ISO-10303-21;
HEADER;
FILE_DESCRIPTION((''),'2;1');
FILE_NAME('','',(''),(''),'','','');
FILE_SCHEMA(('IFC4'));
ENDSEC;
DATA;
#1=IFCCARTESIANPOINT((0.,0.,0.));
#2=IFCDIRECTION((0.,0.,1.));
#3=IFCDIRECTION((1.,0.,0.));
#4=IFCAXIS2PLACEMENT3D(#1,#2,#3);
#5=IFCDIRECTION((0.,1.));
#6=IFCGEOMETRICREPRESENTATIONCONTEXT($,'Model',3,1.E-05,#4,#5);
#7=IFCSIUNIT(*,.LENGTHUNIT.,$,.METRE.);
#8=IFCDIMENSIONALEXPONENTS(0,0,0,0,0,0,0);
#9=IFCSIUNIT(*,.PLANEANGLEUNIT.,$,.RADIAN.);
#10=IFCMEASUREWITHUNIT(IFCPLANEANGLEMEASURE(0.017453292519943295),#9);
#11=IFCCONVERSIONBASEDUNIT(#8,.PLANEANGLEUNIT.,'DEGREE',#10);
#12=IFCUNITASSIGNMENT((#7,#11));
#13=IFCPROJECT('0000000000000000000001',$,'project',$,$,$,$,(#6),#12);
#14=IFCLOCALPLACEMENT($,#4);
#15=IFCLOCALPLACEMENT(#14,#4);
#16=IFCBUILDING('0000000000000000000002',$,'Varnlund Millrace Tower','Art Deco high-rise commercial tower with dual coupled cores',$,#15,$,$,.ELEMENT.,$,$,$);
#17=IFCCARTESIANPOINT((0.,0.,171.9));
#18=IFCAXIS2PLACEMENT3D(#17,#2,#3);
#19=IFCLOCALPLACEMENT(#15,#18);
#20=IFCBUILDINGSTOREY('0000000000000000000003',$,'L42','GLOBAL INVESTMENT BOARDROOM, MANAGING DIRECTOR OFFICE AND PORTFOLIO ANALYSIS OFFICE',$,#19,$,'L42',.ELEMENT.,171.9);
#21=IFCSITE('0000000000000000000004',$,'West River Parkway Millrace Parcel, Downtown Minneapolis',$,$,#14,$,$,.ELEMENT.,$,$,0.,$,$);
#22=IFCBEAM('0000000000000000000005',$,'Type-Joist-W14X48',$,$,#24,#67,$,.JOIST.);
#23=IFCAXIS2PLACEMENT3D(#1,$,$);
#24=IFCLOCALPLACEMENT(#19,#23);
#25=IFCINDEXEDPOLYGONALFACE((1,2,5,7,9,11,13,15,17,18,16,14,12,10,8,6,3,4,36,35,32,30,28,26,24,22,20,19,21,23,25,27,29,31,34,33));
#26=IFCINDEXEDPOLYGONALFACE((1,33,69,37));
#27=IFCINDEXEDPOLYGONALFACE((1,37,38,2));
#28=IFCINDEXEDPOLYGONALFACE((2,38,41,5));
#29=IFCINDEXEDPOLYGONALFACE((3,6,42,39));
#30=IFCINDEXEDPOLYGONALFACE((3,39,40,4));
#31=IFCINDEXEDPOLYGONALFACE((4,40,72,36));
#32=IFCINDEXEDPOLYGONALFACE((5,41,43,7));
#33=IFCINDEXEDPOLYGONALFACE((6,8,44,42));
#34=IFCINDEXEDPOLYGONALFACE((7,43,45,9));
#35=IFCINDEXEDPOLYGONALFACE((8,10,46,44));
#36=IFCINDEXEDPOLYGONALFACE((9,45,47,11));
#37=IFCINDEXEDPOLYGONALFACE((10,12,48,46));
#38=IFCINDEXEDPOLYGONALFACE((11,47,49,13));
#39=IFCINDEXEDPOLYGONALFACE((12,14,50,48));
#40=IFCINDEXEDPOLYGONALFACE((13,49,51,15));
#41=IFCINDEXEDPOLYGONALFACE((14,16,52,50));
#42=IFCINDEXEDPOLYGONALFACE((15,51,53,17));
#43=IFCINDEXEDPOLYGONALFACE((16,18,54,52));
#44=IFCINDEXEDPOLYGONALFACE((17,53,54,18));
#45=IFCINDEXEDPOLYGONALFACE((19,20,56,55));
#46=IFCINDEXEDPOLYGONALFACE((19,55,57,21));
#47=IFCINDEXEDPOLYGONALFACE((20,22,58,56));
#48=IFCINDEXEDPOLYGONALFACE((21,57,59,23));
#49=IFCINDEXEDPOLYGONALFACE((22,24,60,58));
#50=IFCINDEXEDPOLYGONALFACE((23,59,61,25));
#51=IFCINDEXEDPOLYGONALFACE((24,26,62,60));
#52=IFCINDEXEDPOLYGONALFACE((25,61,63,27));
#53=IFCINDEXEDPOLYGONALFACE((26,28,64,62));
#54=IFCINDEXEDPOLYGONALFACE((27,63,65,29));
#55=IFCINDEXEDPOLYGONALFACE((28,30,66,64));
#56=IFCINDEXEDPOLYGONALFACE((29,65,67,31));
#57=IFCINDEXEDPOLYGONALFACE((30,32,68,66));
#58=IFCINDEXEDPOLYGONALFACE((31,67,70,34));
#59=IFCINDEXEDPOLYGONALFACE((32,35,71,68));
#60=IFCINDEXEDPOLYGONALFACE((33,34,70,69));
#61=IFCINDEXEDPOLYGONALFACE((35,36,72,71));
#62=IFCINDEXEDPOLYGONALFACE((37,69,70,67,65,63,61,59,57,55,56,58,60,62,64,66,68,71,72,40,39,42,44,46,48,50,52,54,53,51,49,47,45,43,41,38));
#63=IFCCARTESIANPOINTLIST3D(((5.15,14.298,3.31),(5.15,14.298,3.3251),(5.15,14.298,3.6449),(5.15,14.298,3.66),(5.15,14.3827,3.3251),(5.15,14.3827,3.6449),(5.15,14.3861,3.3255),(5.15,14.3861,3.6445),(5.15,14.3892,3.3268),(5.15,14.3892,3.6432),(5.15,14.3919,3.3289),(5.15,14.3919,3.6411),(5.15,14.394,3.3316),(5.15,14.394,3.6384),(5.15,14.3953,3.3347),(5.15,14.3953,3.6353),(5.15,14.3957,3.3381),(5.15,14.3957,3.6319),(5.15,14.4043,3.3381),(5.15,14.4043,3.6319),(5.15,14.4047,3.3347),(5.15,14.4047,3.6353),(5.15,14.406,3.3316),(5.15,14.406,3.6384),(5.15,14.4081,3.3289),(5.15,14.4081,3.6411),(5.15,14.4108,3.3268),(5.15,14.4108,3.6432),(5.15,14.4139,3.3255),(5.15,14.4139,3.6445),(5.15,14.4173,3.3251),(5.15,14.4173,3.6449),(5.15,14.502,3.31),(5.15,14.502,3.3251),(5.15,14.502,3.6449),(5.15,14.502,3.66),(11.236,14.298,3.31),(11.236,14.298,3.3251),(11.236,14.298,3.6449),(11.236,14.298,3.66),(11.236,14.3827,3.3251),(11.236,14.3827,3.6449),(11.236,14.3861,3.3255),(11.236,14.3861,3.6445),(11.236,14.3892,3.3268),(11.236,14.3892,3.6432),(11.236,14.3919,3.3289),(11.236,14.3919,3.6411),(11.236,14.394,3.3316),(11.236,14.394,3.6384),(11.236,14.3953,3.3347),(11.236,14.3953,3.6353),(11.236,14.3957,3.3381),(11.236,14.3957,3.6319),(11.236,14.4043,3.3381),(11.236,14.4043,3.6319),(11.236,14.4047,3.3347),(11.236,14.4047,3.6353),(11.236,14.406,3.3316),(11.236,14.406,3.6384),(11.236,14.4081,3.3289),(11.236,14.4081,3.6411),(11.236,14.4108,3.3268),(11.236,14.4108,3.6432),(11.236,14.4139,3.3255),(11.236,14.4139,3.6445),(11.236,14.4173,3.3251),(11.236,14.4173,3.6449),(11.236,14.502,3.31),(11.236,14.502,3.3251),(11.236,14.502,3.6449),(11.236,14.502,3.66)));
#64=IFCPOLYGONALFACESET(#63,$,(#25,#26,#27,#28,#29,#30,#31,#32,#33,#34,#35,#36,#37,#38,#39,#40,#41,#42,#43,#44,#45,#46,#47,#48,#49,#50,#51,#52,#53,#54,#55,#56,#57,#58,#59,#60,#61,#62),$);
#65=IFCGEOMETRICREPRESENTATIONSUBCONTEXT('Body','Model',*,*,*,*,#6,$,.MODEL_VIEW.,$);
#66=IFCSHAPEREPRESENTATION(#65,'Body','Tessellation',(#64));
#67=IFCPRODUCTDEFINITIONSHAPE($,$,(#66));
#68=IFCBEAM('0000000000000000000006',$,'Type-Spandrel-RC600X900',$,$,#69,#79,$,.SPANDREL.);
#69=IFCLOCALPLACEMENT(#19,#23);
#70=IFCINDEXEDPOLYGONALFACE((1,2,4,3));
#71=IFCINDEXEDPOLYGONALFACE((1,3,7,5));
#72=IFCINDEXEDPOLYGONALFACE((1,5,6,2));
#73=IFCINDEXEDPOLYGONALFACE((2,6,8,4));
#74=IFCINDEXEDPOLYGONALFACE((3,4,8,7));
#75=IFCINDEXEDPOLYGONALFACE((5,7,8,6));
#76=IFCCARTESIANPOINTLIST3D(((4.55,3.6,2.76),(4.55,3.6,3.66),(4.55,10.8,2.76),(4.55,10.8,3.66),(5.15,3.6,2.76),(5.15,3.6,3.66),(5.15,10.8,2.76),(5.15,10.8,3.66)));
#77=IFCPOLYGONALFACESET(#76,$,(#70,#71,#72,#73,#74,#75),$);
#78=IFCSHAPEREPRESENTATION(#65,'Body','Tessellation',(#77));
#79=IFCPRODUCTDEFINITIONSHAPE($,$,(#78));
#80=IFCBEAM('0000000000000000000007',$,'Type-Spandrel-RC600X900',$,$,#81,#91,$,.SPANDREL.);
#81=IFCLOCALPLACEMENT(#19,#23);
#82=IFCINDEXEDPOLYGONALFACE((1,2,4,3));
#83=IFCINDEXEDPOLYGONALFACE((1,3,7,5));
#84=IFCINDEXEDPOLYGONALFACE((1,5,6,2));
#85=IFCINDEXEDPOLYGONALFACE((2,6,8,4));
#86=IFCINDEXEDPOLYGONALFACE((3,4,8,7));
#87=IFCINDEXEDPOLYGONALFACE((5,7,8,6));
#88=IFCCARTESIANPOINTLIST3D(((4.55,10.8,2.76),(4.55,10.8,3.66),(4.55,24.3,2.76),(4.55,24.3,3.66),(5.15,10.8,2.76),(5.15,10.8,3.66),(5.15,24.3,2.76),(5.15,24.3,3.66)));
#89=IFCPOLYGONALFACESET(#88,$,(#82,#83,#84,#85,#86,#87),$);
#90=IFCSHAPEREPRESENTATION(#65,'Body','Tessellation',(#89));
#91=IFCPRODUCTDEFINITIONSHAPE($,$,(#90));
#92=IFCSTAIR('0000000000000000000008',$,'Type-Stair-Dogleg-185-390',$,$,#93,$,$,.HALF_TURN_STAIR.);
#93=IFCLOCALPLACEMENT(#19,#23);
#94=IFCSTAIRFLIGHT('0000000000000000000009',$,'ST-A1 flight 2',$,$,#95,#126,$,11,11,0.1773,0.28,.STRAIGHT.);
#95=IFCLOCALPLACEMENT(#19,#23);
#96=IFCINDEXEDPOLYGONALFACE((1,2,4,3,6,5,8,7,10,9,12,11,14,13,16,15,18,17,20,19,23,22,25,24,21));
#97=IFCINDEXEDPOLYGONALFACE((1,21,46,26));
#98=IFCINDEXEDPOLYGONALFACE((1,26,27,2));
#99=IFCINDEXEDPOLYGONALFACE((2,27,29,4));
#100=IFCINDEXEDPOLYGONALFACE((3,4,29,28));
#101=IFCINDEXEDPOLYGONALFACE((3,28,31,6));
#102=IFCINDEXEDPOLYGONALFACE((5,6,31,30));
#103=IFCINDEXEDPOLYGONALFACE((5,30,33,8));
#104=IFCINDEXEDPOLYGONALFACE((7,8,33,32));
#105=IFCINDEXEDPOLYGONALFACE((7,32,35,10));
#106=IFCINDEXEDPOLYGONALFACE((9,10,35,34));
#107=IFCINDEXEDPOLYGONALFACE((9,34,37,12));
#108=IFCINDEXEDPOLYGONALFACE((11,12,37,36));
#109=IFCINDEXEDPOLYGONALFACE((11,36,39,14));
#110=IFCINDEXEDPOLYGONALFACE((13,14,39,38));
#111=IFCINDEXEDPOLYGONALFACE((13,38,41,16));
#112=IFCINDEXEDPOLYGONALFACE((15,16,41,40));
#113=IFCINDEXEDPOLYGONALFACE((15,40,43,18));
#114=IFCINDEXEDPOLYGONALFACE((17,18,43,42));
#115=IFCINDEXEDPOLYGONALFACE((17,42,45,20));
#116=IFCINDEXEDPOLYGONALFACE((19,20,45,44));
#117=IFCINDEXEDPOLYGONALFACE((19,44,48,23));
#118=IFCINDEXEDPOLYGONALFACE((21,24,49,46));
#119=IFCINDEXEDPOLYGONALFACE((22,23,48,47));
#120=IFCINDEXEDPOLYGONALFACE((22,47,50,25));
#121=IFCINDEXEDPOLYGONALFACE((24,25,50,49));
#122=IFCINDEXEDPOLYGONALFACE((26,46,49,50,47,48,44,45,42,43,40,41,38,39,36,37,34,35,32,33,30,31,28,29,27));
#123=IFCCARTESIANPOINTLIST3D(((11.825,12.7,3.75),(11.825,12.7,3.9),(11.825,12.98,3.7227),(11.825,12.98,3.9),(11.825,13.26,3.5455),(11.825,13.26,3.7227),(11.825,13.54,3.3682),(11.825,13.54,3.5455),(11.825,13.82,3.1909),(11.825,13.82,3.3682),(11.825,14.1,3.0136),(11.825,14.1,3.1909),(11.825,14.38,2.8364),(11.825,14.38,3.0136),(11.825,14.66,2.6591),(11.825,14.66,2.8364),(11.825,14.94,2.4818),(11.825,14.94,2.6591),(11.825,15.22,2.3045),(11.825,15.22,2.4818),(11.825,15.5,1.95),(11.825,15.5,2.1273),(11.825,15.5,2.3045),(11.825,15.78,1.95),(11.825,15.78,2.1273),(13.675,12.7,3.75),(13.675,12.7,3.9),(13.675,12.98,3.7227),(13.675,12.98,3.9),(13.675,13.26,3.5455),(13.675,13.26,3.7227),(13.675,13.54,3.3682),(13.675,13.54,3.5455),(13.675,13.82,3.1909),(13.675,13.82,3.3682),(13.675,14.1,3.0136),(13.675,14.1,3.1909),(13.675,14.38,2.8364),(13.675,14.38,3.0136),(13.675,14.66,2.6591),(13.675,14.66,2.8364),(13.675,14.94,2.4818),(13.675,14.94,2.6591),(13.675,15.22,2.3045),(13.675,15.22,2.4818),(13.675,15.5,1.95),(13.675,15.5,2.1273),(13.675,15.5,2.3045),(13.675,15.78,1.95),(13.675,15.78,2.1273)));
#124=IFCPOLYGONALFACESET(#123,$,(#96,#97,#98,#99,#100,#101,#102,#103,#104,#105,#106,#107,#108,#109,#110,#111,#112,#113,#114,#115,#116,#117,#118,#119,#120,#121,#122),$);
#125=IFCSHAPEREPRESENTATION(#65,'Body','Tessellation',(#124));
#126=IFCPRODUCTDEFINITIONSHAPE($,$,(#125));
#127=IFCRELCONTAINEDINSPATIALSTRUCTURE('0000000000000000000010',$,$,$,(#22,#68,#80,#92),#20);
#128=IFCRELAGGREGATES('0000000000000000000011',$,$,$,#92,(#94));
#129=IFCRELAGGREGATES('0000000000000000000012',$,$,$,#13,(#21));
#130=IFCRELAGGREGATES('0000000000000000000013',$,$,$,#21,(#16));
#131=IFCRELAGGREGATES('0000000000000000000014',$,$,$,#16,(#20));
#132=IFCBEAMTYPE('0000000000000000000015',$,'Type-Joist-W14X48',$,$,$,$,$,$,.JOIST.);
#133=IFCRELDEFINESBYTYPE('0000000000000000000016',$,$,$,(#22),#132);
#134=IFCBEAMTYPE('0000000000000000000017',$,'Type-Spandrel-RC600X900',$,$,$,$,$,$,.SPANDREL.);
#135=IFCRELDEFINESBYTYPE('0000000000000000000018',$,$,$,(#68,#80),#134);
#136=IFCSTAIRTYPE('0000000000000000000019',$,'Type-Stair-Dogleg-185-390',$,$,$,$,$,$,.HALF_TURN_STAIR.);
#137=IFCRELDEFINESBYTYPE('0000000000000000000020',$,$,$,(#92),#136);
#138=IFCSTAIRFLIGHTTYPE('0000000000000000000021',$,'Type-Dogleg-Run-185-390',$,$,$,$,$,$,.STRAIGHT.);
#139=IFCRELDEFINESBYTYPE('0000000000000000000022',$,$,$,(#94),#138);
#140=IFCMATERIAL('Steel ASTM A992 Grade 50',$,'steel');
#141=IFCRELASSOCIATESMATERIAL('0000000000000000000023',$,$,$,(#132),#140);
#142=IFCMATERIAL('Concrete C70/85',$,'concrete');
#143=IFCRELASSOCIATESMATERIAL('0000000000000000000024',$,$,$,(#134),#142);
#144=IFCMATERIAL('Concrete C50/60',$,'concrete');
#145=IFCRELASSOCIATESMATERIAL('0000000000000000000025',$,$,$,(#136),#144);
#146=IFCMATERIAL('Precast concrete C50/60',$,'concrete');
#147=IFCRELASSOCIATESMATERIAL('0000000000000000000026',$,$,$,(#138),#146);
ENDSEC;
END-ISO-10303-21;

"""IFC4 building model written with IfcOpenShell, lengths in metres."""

from ifc_helpers import new_model, entity, si_unit, converted_unit, direction, frame, origin_with_axes, origin_2d_with_axis, place, context, subcontext, project, spatial, polyline, rectangle, i_section, outline, extrude, material, material_profile, profile_set, type_object, element, aggregate, save


model = new_model("IFC4")

# Units and contexts
model_context = context("Model", 3, precision=1e-05, world=origin_with_axes(), true_north=direction((0.0, 1.0)))
body_context = subcontext(model_context, "Body", "Model", "MODEL_VIEW")
ifc_project = project(units=[si_unit("LENGTHUNIT", "METRE"), converted_unit("PLANEANGLEUNIT", "DEGREE", entity("IfcPlaneAngleMeasure", 0.017453292519943295), si_unit("PLANEANGLEUNIT", "RADIAN"), dimensions=[0, 0, 0, 0, 0, 0, 0])], contexts=[model_context])

# Site, building, storey
site_placement = place(None, origin_with_axes())
site = spatial("IfcSite", under=ifc_project, at=site_placement, Name="West River Parkway Millrace Parcel, Downtown Minneapolis", CompositionType="ELEMENT", RefElevation=0.0)
building_placement = place(site_placement, origin_with_axes())
building = spatial("IfcBuilding", under=site, at=building_placement, Name="Varnlund Millrace Tower", Description="Art Deco high-rise commercial tower with dual coupled cores", CompositionType="ELEMENT")
storey_placement = place(building_placement, frame((0.0, 0.0, 171.9), z_axis=(0.0, 0.0, 1.0), x_axis=(1.0, 0.0, 0.0)))
storey = spatial("IfcBuildingStorey", under=building, at=storey_placement, Name="L42", Description="GLOBAL INVESTMENT BOARDROOM, MANAGING DIRECTOR OFFICE AND PORTFOLIO ANALYSIS OFFICE", LongName="L42", CompositionType="ELEMENT", Elevation=171.9)

# Beams
ifc_material_1 = material(Name="Steel ASTM A992 Grade 50", Category="steel")
ifc_material_profile_1 = material_profile(ifc_material_1, i_section(OverallWidth=0.204, OverallDepth=0.35, WebThickness=0.0086, FlangeThickness=0.0151, FilletRadius=0.013, at=origin_2d_with_axis()), Name="Steel ASTM A992 Grade 50")
ifc_profile_set_1 = profile_set([ifc_material_profile_1], Name="Steel ASTM A992 Grade 50")
beam_type_1 = type_object("IfcBeamType", Name="Type-Joist-W14X48", PredefinedType="JOIST", material=ifc_profile_set_1)
for number, where, z_axis, x_axis, name in (
    (1, (5.15, 14.4, 3.485), (1.0, 0.0, 0.0), (0.0, 1.0, 0.0), "Type-Joist-W14X48"),
):
    element("IfcBeam", number, at=place(storey_placement, frame(where, z_axis=z_axis, x_axis=x_axis)), inside=storey, type_object=beam_type_1, Name=name, PredefinedType="JOIST", context=body_context, shape_type="SweptSolid", body=[
        extrude(i_section(OverallWidth=0.204, OverallDepth=0.35, WebThickness=0.0086, FlangeThickness=0.0151, FilletRadius=0.013, at=origin_2d_with_axis()), origin_with_axes(), (0.0, 0.0, 1.0), 6.086),
    ])
ifc_material_2 = material(Name="Concrete C70/85", Category="concrete")
ifc_material_profile_2 = material_profile(ifc_material_2, rectangle(XDim=0.6, YDim=0.9, at=origin_2d_with_axis()), Name="Concrete C70/85")
ifc_profile_set_2 = profile_set([ifc_material_profile_2], Name="Concrete C70/85")
beam_type_2 = type_object("IfcBeamType", Name="Type-Spandrel-RC600X900", PredefinedType="SPANDREL", material=ifc_profile_set_2)
beam_1_placement = place(storey_placement, frame((4.85, 3.6, 3.21), z_axis=(0.0, 1.0, 0.0), x_axis=(-1.0, 0.0, 0.0)))
element("IfcBeam", 2, at=beam_1_placement, inside=storey, type_object=beam_type_2, Name="Type-Spandrel-RC600X900", PredefinedType="SPANDREL", context=body_context, shape_type="SweptSolid", body=[
    extrude(rectangle(XDim=0.6, YDim=0.9, at=origin_2d_with_axis()), origin_with_axes(), (0.0, 0.0, 1.0), 7.2),
])
beam_2_placement = place(storey_placement, frame((4.85, 10.8, 3.21), z_axis=(0.0, 1.0, 0.0), x_axis=(-1.0, 0.0, 0.0)))
element("IfcBeam", 3, at=beam_2_placement, inside=storey, type_object=beam_type_2, Name="Type-Spandrel-RC600X900", PredefinedType="SPANDREL", context=body_context, shape_type="SweptSolid", body=[
    extrude(rectangle(XDim=0.6, YDim=0.9, at=origin_2d_with_axis()), origin_with_axes(), (0.0, 0.0, 1.0), 13.5),
])

# Stair, stair flight
ifc_material_3 = material(Name="Concrete C50/60", Category="concrete")
stair_type = type_object("IfcStairType", Name="Type-Stair-Dogleg-185-390", PredefinedType="HALF_TURN_STAIR", material=ifc_material_3)
stair_placement = place(storey_placement, origin_with_axes())
stair = element("IfcStair", 4, at=stair_placement, inside=storey, type_object=stair_type, Name="Type-Stair-Dogleg-185-390", PredefinedType="HALF_TURN_STAIR")
ifc_material_4 = material(Name="Precast concrete C50/60", Category="concrete")
stair_flight_type = type_object("IfcStairFlightType", Name="Type-Dogleg-Run-185-390", PredefinedType="STRAIGHT", material=ifc_material_4)
stair_flight_placement = place(storey_placement, frame((13.675, 15.78, 1.95), z_axis=(-1.0, 0.0, 0.0), x_axis=(0.0, -1.0, 0.0)))
stair_flight = element("IfcStairFlight", 5, at=stair_flight_placement, type_object=stair_flight_type, Name="ST-A1 flight 2", NumberOfRisers=11, NumberOfTreads=11, PredefinedType="STRAIGHT", RiserHeight=0.1773, TreadLength=0.28, context=body_context, shape_type="SweptSolid", body=[
    extrude(outline(polyline([(0.0, 0.0), (0.0, 0.1773), (0.28, 0.1773), (0.28, 0.3545), (0.56, 0.3545), (0.56, 0.5318), (0.84, 0.5318), (0.84, 0.7091), (1.12, 0.7091), (1.12, 0.8864), (1.4, 0.8864), (1.4, 1.0636), (1.68, 1.0636), (1.68, 1.2409), (1.96, 1.2409), (1.96, 1.4182), (2.24, 1.4182), (2.24, 1.5955), (2.52, 1.5955), (2.52, 1.7727), (2.8, 1.7727), (2.8, 1.95), (3.08, 1.95), (3.08, 1.8), (0.28, 0.0), (0.0, 0.0)])), origin_with_axes(), (0.0, 0.0, 1.0), 1.85),
])
aggregate(stair, [stair_flight])

save(model, "model.ifc")
